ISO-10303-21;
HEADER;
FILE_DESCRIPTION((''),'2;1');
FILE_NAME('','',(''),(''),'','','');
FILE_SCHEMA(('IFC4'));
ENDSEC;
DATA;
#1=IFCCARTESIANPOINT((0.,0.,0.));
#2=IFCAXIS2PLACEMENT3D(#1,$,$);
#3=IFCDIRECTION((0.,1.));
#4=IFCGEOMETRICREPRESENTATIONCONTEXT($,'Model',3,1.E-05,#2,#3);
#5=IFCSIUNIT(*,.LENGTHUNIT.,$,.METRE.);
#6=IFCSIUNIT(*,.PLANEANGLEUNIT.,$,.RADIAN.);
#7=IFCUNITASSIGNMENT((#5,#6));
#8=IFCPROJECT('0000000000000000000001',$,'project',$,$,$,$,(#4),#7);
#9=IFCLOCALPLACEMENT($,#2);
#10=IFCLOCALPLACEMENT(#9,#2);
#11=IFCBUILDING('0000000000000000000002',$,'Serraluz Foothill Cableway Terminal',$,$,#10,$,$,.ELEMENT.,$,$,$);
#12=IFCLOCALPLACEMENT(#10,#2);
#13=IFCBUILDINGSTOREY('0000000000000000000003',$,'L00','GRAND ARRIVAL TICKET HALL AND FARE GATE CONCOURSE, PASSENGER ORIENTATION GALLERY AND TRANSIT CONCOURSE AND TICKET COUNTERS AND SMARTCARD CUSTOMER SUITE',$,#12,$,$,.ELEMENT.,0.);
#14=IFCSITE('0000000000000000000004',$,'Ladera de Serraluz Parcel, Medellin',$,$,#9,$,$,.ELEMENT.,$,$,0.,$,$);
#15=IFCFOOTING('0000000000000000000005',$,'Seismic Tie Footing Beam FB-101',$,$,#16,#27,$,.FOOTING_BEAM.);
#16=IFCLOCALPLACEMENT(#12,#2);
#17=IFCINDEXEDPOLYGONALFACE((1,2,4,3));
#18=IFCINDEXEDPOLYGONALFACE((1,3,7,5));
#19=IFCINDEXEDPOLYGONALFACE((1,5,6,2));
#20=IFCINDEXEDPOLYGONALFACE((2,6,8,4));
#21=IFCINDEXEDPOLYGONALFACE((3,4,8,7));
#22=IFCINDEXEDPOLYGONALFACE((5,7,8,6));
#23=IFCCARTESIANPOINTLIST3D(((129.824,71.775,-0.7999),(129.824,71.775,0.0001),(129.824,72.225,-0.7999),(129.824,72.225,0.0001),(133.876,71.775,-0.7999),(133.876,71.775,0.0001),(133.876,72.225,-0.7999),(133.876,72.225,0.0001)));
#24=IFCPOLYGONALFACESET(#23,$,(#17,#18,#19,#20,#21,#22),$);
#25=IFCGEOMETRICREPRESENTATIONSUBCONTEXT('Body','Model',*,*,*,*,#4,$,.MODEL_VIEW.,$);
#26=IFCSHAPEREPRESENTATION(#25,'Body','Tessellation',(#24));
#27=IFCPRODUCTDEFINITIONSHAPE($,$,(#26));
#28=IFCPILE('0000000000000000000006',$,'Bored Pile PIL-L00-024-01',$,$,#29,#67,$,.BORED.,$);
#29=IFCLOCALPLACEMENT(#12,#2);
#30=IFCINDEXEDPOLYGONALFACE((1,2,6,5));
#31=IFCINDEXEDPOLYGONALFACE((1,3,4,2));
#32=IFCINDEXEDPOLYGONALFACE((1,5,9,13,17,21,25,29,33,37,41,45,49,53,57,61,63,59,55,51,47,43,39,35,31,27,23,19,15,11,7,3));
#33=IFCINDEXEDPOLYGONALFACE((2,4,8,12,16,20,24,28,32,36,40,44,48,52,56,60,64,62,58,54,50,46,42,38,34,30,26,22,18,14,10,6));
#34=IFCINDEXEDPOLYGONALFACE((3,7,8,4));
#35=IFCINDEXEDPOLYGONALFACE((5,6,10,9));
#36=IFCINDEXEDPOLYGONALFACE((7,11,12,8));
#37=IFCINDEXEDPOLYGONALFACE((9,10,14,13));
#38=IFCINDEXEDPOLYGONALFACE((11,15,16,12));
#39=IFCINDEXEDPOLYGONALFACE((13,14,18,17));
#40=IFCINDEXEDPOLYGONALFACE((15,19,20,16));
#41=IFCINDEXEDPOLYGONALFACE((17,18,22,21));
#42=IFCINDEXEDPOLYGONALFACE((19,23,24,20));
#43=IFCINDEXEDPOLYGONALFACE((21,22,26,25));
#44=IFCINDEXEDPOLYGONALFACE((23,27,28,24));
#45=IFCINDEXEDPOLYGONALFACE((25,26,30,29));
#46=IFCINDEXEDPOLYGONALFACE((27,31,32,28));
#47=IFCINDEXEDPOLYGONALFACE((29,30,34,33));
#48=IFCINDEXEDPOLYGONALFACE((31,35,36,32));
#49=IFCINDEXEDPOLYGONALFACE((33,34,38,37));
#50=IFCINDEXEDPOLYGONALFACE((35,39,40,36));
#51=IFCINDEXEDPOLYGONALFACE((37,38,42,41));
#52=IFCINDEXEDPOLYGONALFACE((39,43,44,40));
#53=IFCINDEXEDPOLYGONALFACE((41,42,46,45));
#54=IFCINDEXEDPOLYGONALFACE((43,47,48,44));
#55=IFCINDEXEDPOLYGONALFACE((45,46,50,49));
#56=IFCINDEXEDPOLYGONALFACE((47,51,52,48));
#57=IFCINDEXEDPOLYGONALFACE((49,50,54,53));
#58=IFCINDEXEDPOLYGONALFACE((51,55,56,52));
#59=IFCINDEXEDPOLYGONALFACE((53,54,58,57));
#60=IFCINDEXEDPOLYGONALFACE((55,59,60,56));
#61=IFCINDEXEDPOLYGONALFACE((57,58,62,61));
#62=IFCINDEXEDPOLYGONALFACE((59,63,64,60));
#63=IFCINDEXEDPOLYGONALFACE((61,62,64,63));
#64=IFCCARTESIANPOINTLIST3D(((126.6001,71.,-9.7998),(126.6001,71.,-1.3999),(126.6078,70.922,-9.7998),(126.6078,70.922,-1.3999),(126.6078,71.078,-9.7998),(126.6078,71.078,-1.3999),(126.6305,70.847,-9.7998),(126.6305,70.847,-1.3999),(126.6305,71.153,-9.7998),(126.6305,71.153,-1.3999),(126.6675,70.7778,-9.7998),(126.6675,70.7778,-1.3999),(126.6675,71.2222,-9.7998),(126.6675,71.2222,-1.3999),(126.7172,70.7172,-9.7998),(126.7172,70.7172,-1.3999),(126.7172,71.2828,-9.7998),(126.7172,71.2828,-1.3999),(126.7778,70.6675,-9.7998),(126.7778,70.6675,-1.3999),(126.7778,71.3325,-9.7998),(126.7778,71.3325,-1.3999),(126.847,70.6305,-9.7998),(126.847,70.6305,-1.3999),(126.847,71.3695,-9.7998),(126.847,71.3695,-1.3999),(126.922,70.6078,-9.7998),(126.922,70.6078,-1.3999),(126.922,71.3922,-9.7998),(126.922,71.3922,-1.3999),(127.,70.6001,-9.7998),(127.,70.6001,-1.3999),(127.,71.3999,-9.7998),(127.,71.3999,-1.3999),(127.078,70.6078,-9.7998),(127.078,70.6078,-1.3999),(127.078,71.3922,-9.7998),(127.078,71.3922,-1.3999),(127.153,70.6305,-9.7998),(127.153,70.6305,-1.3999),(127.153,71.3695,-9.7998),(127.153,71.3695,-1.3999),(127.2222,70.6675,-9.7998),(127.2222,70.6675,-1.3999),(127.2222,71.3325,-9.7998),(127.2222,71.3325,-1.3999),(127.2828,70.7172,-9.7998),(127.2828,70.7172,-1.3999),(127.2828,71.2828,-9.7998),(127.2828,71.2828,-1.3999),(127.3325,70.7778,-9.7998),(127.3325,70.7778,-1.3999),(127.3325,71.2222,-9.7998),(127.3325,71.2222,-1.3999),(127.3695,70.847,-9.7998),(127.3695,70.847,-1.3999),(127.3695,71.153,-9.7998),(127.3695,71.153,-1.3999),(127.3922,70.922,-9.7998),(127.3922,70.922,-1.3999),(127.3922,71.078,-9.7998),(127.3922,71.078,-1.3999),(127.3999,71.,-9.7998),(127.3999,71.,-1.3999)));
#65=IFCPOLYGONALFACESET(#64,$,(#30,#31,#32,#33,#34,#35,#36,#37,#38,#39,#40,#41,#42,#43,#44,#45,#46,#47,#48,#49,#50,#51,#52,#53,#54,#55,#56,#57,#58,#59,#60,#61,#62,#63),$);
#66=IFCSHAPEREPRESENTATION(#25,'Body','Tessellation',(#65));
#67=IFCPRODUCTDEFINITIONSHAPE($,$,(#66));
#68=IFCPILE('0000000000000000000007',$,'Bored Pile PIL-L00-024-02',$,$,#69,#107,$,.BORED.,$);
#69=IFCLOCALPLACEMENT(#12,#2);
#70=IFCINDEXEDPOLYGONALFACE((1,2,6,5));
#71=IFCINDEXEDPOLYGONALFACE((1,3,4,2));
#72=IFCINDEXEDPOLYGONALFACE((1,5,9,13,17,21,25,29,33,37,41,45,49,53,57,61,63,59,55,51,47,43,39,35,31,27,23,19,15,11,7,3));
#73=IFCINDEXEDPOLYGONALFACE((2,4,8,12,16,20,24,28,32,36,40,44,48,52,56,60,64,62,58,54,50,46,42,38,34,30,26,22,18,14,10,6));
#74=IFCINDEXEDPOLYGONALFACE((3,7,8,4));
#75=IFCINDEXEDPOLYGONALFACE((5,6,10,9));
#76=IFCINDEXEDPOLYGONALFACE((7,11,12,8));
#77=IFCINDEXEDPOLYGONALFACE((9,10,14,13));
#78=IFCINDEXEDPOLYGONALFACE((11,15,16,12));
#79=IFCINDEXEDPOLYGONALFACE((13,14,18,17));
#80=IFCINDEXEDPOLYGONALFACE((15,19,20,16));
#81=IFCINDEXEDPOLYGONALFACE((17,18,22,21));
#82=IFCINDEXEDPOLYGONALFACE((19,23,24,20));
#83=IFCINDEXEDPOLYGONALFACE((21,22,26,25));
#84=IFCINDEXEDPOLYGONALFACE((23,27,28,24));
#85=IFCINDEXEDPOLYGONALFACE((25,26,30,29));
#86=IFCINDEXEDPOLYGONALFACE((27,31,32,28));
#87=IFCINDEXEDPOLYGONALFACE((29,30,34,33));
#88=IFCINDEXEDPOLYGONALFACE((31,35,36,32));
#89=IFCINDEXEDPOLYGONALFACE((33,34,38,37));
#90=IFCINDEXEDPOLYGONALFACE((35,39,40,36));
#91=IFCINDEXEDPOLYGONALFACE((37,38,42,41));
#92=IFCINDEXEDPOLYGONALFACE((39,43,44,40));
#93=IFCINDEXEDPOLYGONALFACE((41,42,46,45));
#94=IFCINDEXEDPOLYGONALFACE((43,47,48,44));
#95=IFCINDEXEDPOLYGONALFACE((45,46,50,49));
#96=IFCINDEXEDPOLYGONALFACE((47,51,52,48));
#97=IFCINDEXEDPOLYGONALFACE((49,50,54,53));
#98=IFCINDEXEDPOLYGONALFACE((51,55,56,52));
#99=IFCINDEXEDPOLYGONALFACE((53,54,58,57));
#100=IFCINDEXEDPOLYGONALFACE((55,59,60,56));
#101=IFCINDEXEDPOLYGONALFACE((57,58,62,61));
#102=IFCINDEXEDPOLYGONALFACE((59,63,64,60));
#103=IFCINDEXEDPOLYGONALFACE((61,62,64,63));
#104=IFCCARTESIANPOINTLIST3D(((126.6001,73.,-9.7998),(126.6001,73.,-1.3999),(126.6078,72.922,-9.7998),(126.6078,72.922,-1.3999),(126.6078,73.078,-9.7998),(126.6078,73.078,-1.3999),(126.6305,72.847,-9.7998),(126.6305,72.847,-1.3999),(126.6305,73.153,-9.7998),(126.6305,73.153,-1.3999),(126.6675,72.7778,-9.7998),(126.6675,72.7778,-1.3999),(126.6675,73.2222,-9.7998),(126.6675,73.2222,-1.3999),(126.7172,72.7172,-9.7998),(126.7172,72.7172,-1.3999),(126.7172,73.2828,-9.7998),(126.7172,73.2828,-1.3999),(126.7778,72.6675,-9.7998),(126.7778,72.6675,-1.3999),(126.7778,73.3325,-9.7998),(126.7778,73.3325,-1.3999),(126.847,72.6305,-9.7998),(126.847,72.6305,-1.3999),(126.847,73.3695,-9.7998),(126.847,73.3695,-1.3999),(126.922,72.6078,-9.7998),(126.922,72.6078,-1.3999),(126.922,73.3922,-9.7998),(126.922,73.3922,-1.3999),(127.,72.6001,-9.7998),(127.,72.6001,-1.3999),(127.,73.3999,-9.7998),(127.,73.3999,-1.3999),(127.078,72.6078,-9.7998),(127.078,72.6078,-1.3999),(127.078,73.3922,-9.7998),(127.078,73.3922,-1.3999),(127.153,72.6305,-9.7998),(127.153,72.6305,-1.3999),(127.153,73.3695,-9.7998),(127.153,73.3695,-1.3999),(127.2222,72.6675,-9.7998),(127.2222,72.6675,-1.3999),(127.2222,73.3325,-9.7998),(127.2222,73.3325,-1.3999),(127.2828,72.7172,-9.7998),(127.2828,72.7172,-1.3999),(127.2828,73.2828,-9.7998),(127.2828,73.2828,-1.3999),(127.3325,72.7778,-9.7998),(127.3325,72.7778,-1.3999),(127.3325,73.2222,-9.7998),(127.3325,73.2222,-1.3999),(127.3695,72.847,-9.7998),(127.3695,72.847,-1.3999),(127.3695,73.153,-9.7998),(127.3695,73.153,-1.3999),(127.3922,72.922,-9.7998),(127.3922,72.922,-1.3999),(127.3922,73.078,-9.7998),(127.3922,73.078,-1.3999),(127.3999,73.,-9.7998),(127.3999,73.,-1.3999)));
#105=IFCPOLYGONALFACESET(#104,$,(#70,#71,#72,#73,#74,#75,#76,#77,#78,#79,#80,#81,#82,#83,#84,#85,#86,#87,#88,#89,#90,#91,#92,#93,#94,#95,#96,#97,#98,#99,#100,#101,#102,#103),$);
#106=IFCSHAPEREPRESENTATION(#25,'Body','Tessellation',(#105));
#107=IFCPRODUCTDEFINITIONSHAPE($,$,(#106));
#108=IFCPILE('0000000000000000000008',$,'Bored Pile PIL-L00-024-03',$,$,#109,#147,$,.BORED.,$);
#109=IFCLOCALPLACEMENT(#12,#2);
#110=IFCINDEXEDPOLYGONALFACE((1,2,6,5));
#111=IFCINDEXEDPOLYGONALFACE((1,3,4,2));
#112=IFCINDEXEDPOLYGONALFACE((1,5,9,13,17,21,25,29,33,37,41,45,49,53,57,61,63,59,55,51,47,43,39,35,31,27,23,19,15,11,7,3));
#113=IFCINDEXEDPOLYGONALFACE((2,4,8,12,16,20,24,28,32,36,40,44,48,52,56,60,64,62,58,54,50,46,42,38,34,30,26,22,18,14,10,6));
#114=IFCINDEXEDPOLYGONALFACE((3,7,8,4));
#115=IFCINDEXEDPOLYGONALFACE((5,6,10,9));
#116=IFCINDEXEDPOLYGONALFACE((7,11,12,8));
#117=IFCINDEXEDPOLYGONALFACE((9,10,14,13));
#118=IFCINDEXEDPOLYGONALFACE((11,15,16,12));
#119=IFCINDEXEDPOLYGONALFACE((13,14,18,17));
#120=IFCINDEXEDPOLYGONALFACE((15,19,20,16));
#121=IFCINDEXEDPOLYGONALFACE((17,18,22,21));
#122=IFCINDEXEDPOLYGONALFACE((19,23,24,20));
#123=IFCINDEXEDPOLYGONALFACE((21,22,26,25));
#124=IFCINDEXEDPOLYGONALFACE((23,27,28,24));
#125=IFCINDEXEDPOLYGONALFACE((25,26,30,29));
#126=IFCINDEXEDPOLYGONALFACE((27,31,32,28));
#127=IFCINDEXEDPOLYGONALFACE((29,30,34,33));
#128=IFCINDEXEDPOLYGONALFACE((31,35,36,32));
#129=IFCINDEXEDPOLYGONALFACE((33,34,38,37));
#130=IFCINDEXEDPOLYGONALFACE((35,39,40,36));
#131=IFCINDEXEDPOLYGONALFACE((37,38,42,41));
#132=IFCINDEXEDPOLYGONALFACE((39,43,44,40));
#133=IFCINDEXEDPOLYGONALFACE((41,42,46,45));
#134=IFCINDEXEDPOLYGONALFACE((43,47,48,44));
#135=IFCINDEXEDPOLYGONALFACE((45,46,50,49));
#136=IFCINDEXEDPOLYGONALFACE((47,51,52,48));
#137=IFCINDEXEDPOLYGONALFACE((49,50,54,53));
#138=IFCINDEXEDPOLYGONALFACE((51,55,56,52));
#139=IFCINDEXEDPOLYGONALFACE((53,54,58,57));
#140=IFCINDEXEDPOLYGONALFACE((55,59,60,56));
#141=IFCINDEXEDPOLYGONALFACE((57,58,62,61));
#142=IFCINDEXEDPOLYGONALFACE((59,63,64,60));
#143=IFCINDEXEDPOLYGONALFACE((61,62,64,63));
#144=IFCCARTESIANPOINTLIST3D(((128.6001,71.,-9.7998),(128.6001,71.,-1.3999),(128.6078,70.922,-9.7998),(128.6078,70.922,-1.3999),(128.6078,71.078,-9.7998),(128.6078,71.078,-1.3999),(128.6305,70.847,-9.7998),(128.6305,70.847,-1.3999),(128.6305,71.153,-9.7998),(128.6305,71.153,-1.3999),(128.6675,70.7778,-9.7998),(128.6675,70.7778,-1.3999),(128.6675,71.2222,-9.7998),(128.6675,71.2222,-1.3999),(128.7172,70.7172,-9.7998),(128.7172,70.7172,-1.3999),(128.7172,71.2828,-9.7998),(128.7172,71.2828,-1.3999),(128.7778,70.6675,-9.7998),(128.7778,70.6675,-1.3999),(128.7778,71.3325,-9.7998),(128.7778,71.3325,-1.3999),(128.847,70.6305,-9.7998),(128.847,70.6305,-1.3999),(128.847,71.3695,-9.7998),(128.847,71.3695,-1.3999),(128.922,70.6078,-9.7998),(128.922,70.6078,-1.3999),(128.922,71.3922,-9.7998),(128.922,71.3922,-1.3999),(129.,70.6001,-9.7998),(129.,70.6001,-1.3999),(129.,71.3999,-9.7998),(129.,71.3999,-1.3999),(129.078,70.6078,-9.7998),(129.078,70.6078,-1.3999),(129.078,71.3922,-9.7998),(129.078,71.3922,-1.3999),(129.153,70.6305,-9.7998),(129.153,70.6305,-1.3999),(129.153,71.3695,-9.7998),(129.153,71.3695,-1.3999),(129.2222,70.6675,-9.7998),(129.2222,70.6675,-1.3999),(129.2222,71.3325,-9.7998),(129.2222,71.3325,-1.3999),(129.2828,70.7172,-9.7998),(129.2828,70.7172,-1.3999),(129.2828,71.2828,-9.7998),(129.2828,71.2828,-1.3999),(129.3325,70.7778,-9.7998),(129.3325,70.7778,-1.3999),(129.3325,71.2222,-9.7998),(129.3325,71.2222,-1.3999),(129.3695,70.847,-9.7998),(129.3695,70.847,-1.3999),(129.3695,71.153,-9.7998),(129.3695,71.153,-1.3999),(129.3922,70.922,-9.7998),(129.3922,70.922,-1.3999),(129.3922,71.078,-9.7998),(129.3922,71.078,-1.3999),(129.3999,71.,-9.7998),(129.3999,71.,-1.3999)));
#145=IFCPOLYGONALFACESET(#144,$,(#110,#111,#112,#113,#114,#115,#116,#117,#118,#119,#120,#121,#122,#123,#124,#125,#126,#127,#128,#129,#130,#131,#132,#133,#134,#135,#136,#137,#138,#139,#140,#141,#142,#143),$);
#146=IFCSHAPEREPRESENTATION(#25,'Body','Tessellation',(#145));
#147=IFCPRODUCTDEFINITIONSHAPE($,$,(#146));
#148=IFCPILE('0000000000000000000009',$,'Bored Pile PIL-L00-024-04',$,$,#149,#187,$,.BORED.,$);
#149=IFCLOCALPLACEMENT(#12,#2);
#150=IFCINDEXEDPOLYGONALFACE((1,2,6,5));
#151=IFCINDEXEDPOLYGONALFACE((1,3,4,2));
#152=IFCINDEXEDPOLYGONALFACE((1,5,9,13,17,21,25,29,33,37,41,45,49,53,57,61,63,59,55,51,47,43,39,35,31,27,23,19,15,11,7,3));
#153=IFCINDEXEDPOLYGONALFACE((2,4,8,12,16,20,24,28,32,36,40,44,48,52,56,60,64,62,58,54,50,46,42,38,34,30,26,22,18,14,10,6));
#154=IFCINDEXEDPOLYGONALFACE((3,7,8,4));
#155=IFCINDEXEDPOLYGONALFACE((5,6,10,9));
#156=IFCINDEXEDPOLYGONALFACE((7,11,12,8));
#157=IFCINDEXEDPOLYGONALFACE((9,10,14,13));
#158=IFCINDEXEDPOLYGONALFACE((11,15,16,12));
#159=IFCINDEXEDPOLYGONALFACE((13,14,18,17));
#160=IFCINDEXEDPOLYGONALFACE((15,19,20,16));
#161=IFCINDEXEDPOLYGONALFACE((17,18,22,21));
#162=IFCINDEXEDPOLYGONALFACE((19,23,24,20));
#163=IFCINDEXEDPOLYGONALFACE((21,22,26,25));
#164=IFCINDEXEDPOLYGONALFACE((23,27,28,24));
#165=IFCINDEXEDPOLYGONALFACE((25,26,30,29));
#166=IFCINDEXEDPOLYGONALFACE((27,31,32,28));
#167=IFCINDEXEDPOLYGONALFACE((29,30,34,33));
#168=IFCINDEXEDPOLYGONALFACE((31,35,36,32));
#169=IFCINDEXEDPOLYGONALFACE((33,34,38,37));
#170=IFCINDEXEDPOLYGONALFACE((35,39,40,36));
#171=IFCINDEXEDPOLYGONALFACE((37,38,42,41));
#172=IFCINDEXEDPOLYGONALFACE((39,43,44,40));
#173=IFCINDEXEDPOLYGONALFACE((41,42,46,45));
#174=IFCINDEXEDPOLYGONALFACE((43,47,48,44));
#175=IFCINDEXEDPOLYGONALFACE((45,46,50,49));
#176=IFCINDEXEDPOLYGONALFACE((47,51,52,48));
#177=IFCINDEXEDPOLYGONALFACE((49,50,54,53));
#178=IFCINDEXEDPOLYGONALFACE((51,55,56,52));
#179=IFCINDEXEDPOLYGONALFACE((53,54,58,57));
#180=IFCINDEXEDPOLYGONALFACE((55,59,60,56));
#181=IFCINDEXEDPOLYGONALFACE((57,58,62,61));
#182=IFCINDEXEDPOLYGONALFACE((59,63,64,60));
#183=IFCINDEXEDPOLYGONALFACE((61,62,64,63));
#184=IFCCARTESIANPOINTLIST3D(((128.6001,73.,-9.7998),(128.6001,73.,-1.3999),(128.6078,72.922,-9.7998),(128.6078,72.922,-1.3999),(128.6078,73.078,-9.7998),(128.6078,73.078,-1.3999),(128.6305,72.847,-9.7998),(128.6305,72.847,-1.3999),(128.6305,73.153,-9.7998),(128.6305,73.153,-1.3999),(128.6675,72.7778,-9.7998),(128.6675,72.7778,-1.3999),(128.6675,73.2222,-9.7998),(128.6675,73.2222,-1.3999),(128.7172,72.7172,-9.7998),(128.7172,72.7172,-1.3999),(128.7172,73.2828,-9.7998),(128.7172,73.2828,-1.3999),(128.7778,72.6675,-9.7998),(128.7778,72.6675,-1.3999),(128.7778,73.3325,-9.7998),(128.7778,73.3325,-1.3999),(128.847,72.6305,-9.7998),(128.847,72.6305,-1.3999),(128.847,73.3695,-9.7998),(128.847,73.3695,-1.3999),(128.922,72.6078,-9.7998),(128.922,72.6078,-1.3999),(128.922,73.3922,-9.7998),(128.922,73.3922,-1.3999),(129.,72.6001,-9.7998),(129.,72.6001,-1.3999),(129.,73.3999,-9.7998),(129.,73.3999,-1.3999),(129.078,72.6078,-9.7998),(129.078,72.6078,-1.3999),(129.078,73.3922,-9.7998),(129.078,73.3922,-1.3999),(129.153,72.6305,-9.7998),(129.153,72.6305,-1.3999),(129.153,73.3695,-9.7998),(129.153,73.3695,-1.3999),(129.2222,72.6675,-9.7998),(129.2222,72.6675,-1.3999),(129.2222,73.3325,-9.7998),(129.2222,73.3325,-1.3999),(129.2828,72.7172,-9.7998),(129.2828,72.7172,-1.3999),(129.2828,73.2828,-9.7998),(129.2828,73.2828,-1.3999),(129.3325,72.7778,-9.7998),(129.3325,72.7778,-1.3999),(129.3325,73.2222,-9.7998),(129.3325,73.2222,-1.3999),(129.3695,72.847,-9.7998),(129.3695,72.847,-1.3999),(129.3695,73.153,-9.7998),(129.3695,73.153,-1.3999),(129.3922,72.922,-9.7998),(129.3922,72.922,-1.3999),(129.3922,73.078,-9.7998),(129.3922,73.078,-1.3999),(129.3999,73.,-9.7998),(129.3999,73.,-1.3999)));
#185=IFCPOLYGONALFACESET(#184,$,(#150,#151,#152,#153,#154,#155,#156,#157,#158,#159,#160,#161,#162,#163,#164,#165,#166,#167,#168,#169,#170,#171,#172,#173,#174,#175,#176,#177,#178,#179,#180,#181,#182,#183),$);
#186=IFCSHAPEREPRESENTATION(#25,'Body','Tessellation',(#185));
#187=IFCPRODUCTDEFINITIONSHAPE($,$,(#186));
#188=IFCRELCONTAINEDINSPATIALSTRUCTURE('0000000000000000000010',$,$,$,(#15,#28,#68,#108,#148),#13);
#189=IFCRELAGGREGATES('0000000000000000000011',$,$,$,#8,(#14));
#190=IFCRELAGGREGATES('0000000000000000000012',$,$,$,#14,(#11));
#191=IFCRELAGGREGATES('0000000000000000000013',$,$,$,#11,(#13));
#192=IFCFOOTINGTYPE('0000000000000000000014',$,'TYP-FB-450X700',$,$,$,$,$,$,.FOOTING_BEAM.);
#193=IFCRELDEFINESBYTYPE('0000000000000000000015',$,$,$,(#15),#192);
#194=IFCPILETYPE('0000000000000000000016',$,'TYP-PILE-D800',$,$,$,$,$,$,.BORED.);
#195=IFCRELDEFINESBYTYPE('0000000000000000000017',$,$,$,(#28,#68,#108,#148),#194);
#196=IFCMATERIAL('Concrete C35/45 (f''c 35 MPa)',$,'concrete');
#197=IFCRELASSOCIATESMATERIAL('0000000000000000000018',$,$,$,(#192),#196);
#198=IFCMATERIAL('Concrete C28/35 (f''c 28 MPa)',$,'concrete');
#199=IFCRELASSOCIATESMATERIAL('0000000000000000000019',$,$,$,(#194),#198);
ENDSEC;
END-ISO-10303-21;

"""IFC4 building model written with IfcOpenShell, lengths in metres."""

from ifc_helpers import new_model, si_unit, direction, frame, origin, origin_2d, place, context, subcontext, project, spatial, rectangle, circle, extrude, material, material_profile, profile_set, type_object, element, save


model = new_model("IFC4")

# Units and contexts
model_context = context("Model", 3, precision=1e-05, world=origin(), true_north=direction((0.0, 1.0)))
body_context = subcontext(model_context, "Body", "Model", "MODEL_VIEW")
ifc_project = project(units=[si_unit("LENGTHUNIT", "METRE"), si_unit("PLANEANGLEUNIT", "RADIAN")], contexts=[model_context])

# Site, building, storey
site_placement = place(None, origin())
site = spatial("IfcSite", under=ifc_project, at=site_placement, Name="Ladera de Serraluz Parcel, Medellin", CompositionType="ELEMENT", RefElevation=0.0)
building_placement = place(site_placement, origin())
building = spatial("IfcBuilding", under=site, at=building_placement, Name="Serraluz Foothill Cableway Terminal", CompositionType="ELEMENT")
storey_placement = place(building_placement, origin())
storey = spatial("IfcBuildingStorey", under=building, at=storey_placement, Name="L00", Description="GRAND ARRIVAL TICKET HALL AND FARE GATE CONCOURSE, PASSENGER ORIENTATION GALLERY AND TRANSIT CONCOURSE AND TICKET COUNTERS AND SMARTCARD CUSTOMER SUITE", CompositionType="ELEMENT", Elevation=0.0)

# Footing
ifc_material_1 = material(Name="Concrete C35/45 (f'c 35 MPa)", Category="concrete")
ifc_material_profile_1 = material_profile(ifc_material_1, rectangle(XDim=0.45, YDim=0.8, at=origin_2d()), Name="RC 450x800")
ifc_profile_set_1 = profile_set([ifc_material_profile_1], Name="Concrete C35/45 (f'c 35 MPa)")
footing_type_1 = type_object("IfcFootingType", Name="TYP-FB-450X700", PredefinedType="FOOTING_BEAM", material=ifc_profile_set_1)
footing_1_placement = place(storey_placement, frame((129.824, 72.0, -0.3999), z_axis=(1.0, 0.0, 0.0), x_axis=(0.0, 1.0, 0.0)))
element("IfcFooting", 1, at=footing_1_placement, inside=storey, type_object=footing_type_1, Name="Seismic Tie Footing Beam FB-101", PredefinedType="FOOTING_BEAM", context=body_context, shape_type="SweptSolid", body=[
    extrude(rectangle(XDim=0.45, YDim=0.8, at=origin_2d()), origin(), (0.0, 0.0, 1.0), 4.052),
])

# Piles
ifc_material_2 = material(Name="Concrete C28/35 (f'c 28 MPa)", Category="concrete")
ifc_material_profile_2 = material_profile(ifc_material_2, circle(Radius=0.3999, at=origin_2d()), Name="BORED PILE D800")
ifc_profile_set_2 = profile_set([ifc_material_profile_2], Name="Concrete C28/35 (f'c 28 MPa)")
pile_type_1 = type_object("IfcPileType", Name="TYP-PILE-D800", PredefinedType="BORED", material=ifc_profile_set_2)
for number, where, z_axis, x_axis, name in (
    (2, (127.0, 71.0, -1.3999), (0.0, 0.0, -1.0), (1.0, 0.0, 0.0), "Bored Pile PIL-L00-024-01"),
    (3, (127.0, 73.0, -1.3999), (0.0, 0.0, -1.0), (1.0, 0.0, 0.0), "Bored Pile PIL-L00-024-02"),
    (4, (129.0, 71.0, -1.3999), (0.0, 0.0, -1.0), (1.0, 0.0, 0.0), "Bored Pile PIL-L00-024-03"),
    (5, (129.0, 73.0, -1.3999), (0.0, 0.0, -1.0), (1.0, 0.0, 0.0), "Bored Pile PIL-L00-024-04"),
):
    element("IfcPile", number, at=place(storey_placement, frame(where, z_axis=z_axis, x_axis=x_axis)), inside=storey, type_object=pile_type_1, Name=name, PredefinedType="BORED", context=body_context, shape_type="SweptSolid", body=[
        extrude(circle(Radius=0.3999, at=origin_2d()), origin(), (0.0, 0.0, 1.0), 8.3999),
    ])

save(model, "model.ifc")
